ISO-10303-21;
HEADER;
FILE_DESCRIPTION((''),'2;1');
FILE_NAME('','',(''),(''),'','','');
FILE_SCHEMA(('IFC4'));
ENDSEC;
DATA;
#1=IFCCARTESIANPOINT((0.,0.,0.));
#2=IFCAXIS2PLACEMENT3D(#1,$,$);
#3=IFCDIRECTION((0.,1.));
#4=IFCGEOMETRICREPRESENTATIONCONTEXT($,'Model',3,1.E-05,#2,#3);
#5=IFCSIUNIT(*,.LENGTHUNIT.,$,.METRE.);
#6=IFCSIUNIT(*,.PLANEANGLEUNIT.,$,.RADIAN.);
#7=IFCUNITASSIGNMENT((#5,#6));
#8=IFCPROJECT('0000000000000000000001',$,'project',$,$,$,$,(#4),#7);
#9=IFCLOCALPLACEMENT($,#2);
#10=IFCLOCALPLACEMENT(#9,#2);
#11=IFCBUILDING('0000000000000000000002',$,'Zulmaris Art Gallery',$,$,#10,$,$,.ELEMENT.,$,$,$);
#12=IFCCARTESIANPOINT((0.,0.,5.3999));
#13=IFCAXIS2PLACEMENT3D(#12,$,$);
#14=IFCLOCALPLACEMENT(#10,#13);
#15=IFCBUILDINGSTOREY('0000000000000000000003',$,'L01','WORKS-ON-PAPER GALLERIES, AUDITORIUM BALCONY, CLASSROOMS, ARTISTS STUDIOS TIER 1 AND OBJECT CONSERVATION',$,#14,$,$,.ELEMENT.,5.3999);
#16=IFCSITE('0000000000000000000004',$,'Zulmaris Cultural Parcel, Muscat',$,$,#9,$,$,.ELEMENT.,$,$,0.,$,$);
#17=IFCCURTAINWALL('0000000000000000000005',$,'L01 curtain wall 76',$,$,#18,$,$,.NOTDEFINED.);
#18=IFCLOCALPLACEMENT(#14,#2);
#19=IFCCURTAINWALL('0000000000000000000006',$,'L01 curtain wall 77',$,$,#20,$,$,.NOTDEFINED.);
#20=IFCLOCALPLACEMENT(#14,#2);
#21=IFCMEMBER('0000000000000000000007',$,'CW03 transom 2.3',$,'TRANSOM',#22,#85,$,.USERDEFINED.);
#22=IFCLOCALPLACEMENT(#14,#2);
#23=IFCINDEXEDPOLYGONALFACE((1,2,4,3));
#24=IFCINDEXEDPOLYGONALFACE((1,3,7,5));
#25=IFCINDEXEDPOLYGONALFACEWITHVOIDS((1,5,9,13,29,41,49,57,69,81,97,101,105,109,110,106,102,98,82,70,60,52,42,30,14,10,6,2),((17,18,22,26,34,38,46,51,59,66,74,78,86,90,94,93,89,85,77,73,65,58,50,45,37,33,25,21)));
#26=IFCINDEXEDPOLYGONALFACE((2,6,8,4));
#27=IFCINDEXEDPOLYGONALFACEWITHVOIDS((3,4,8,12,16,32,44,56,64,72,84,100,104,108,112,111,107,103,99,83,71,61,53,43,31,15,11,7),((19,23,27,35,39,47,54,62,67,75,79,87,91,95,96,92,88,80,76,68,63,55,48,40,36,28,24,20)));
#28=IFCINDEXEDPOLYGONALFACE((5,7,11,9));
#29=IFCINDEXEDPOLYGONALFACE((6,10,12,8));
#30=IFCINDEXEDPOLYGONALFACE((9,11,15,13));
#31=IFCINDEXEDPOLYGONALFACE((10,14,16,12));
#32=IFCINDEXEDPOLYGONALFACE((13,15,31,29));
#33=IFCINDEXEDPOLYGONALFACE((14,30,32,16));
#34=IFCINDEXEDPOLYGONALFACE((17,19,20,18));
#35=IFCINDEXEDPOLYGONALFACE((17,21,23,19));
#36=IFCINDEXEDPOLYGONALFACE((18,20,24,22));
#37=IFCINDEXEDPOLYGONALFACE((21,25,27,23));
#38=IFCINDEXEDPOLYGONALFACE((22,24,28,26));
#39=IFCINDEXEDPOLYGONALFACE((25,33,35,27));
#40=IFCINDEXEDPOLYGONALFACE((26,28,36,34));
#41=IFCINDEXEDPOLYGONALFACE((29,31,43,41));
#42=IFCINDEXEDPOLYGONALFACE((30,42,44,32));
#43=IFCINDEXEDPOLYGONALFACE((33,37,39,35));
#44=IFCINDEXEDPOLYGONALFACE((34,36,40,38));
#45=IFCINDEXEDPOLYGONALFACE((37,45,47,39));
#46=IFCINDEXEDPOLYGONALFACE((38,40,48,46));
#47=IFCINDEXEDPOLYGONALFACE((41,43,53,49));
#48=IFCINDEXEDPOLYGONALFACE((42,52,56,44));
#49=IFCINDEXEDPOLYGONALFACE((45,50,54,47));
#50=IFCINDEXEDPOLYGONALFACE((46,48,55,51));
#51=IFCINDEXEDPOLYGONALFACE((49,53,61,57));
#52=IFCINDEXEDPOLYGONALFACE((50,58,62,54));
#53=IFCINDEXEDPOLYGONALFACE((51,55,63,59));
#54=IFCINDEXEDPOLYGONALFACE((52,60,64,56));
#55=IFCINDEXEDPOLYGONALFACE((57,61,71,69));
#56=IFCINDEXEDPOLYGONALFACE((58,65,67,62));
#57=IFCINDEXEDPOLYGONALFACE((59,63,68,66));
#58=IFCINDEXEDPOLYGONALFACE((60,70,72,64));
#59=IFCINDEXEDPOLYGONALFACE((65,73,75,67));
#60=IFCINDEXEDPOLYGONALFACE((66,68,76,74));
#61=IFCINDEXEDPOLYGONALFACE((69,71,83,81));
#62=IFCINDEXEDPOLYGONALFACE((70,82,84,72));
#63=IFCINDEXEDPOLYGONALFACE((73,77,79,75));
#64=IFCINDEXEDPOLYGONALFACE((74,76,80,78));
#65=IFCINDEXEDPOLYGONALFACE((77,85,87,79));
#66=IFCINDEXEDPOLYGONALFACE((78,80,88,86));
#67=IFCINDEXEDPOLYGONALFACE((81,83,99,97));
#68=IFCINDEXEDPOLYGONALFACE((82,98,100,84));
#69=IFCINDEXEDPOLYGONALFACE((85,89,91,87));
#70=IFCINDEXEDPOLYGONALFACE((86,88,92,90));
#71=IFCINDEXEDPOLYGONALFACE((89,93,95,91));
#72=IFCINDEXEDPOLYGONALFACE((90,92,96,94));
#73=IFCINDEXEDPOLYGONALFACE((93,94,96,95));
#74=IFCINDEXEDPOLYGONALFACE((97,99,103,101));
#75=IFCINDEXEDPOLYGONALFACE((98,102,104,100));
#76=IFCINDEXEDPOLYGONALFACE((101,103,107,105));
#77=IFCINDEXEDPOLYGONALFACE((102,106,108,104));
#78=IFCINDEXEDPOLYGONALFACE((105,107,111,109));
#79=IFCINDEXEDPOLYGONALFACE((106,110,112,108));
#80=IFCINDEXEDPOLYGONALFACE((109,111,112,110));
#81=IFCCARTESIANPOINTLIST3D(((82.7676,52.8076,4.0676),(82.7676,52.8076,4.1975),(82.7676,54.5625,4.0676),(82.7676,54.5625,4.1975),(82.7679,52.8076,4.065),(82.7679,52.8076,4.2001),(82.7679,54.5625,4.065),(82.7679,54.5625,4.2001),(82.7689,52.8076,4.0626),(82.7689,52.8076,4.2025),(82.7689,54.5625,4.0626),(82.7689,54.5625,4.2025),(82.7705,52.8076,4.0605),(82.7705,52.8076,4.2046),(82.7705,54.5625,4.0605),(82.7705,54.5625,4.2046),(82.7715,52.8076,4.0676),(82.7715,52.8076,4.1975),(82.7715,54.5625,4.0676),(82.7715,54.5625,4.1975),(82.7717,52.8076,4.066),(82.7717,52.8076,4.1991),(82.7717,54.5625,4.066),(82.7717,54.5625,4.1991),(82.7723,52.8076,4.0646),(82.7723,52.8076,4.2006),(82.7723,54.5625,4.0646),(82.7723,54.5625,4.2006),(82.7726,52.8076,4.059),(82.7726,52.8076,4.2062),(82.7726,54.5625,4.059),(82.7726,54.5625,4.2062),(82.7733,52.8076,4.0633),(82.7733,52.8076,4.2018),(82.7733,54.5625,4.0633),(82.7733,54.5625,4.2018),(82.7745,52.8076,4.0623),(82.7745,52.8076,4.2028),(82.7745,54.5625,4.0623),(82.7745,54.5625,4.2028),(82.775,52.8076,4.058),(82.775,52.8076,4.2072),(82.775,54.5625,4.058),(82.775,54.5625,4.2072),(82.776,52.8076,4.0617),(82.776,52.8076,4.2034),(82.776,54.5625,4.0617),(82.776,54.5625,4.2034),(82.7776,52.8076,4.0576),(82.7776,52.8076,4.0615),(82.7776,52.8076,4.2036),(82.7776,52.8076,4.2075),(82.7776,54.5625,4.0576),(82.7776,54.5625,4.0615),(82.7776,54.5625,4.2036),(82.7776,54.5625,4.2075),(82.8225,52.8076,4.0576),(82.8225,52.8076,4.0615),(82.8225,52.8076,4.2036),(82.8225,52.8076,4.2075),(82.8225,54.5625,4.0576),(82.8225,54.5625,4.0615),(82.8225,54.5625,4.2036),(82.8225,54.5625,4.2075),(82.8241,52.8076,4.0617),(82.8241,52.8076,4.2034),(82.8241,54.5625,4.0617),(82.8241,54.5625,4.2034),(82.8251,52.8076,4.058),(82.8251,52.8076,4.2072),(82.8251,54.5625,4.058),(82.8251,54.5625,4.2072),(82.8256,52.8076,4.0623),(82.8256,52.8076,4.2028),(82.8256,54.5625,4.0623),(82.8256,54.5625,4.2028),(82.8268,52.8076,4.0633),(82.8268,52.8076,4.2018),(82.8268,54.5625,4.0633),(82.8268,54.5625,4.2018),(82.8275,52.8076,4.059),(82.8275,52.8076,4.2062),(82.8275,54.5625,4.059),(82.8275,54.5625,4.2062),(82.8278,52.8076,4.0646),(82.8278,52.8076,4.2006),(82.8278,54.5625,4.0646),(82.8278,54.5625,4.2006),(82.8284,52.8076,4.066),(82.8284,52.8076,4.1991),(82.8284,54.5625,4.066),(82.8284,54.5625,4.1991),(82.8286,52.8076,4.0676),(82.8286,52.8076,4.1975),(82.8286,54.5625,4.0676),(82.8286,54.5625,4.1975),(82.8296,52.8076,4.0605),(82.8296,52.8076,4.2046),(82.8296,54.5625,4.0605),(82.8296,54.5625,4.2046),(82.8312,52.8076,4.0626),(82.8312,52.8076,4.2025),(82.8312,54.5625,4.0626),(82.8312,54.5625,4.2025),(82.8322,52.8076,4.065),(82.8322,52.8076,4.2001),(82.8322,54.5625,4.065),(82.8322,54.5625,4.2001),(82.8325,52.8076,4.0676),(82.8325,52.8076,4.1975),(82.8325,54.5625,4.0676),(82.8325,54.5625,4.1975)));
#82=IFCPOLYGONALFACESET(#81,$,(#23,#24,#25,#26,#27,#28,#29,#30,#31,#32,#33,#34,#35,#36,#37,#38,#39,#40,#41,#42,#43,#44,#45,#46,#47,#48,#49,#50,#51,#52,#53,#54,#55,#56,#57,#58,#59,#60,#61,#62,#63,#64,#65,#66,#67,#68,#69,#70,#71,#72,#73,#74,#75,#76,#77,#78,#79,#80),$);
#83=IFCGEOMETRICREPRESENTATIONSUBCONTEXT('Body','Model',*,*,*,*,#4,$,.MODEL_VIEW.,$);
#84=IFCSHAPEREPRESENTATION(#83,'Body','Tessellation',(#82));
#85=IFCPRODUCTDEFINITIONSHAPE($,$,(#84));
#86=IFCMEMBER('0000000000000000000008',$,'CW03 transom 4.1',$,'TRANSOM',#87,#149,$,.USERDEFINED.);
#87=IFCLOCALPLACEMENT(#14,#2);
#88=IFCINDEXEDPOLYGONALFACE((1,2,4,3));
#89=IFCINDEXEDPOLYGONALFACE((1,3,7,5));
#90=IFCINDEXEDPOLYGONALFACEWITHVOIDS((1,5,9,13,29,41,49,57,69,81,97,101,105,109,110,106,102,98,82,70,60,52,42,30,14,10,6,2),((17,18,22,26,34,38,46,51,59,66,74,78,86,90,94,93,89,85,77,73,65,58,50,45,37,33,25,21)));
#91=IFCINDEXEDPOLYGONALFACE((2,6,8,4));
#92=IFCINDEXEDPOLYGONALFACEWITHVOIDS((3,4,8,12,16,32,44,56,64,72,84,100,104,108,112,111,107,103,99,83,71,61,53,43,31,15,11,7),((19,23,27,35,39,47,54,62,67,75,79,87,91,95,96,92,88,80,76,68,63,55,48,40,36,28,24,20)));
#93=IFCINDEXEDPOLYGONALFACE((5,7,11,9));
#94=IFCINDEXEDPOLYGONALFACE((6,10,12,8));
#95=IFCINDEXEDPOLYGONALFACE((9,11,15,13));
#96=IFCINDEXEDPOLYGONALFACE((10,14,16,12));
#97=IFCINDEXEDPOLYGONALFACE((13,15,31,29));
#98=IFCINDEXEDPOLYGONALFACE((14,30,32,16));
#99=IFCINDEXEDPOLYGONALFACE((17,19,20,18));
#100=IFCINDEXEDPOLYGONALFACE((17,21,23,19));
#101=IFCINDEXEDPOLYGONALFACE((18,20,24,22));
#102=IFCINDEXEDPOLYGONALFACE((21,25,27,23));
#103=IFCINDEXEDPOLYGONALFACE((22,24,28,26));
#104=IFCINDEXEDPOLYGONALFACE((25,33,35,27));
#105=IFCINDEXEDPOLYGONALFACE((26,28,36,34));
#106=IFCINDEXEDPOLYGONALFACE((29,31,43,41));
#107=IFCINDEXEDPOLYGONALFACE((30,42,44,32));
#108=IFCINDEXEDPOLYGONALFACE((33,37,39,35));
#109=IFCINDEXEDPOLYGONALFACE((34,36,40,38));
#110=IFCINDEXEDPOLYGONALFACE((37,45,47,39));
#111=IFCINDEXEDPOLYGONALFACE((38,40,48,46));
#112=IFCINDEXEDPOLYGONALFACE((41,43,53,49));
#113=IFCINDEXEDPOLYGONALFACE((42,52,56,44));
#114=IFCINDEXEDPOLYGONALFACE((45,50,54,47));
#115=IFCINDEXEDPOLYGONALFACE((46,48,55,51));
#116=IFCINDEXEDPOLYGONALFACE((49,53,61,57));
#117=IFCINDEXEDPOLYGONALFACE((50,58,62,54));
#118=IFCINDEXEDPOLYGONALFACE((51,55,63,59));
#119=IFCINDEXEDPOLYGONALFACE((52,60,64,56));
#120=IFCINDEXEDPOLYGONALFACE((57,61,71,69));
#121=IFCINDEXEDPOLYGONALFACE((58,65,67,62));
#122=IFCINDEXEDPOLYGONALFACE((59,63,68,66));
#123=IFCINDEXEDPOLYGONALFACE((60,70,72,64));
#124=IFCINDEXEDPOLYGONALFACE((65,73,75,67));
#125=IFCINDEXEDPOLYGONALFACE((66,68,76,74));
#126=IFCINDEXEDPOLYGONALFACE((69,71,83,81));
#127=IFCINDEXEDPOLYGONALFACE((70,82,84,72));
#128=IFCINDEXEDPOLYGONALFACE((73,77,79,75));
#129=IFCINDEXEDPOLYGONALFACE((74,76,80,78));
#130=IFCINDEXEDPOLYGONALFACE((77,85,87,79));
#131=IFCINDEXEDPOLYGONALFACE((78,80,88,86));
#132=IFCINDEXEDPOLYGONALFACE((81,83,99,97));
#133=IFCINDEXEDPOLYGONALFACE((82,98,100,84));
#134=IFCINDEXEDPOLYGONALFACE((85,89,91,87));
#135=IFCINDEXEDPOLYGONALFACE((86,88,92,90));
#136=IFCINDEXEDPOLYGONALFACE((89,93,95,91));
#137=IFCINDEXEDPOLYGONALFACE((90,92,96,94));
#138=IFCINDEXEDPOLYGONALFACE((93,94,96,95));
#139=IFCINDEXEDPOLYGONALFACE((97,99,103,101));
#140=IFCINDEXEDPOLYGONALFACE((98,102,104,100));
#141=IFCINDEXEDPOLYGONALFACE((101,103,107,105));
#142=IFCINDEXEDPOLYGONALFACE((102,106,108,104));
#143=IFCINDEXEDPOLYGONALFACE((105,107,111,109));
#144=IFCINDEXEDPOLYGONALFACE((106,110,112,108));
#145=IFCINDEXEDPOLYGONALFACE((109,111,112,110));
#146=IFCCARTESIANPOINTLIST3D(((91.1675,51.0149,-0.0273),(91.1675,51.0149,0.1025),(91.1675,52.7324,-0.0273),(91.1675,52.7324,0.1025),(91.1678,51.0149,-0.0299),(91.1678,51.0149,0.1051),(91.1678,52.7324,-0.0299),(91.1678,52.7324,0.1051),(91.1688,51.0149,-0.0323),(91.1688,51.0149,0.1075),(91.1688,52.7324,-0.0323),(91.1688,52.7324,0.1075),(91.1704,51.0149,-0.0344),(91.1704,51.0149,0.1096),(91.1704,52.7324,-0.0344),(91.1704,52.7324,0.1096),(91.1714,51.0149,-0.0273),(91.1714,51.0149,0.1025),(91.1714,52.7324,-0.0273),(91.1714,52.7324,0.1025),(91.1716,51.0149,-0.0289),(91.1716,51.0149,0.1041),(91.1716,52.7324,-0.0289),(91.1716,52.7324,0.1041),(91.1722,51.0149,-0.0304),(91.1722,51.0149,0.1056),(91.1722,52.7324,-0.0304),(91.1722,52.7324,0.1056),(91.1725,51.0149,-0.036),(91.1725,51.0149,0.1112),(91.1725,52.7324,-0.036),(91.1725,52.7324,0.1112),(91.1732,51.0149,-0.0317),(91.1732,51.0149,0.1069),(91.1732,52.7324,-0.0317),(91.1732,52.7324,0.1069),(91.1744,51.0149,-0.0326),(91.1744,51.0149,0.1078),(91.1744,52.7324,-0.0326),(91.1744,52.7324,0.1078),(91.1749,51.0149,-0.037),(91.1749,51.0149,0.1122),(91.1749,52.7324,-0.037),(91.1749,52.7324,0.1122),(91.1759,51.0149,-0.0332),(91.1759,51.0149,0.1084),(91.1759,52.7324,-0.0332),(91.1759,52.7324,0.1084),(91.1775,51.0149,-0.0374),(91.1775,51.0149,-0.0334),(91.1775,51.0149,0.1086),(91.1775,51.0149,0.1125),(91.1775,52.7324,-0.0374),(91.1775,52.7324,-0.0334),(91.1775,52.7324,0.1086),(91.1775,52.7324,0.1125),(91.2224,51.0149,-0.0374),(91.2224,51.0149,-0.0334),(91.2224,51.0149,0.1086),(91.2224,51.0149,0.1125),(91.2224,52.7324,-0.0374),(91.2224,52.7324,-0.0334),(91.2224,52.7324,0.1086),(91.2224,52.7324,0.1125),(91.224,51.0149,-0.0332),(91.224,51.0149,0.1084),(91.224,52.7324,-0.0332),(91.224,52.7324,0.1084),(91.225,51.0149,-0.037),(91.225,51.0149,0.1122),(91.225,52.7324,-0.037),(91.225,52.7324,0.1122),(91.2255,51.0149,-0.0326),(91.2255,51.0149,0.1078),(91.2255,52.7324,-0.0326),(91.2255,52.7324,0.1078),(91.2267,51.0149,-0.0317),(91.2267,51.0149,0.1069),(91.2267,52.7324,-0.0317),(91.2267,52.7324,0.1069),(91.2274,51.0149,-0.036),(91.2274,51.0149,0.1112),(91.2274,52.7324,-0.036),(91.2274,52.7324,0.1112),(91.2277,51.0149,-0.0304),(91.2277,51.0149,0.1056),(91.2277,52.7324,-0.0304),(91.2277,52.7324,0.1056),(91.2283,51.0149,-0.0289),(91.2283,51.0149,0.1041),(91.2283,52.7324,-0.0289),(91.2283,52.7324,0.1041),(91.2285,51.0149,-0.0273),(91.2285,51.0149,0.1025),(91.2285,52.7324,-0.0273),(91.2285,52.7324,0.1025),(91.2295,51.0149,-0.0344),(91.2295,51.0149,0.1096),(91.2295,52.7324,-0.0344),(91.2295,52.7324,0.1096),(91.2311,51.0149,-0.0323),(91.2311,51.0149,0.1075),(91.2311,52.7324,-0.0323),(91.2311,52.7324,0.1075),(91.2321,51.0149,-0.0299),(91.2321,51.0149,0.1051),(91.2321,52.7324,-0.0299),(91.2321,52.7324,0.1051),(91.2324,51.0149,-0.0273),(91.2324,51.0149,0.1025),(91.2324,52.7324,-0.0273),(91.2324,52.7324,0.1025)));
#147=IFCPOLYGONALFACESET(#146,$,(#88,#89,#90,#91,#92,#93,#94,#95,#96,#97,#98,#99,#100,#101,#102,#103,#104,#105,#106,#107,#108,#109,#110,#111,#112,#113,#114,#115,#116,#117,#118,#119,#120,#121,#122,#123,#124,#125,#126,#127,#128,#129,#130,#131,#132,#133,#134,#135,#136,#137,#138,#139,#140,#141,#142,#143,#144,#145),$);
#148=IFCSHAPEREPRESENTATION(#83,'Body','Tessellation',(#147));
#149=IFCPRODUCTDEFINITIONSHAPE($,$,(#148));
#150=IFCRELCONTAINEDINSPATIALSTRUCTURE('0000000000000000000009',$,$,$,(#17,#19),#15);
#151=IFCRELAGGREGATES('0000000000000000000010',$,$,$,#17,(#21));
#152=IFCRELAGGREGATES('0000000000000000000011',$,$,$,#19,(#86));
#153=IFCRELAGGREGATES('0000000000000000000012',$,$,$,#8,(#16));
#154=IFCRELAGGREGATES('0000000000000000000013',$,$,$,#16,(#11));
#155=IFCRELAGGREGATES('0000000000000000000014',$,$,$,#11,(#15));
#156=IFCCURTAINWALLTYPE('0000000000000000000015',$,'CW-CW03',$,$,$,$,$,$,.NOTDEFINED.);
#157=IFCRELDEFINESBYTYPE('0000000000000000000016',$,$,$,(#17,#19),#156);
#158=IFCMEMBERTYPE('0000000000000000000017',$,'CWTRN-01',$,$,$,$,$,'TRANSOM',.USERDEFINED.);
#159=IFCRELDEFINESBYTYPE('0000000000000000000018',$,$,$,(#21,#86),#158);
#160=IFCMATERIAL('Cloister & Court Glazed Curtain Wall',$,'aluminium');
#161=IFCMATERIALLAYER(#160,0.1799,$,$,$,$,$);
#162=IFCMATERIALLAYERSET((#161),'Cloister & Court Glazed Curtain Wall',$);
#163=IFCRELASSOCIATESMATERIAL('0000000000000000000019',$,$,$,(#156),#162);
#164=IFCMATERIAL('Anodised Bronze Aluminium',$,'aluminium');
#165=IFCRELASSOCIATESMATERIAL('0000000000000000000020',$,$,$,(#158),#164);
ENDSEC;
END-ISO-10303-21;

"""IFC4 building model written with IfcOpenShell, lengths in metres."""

from ifc_helpers import new_model, si_unit, direction, frame, origin, origin_2d, place, context, subcontext, project, spatial, hollow_rectangle, extrude, material, layer, layer_set, material_profile, profile_set, type_object, element, aggregate, save


model = new_model("IFC4")

# Units and contexts
model_context = context("Model", 3, precision=1e-05, world=origin(), true_north=direction((0.0, 1.0)))
body_context = subcontext(model_context, "Body", "Model", "MODEL_VIEW")
ifc_project = project(units=[si_unit("LENGTHUNIT", "METRE"), si_unit("PLANEANGLEUNIT", "RADIAN")], contexts=[model_context])

# Site, building, storey
site_placement = place(None, origin())
site = spatial("IfcSite", under=ifc_project, at=site_placement, Name="Zulmaris Cultural Parcel, Muscat", CompositionType="ELEMENT", RefElevation=0.0)
building_placement = place(site_placement, origin())
building = spatial("IfcBuilding", under=site, at=building_placement, Name="Zulmaris Art Gallery", CompositionType="ELEMENT")
storey_placement = place(building_placement, frame((0.0, 0.0, 5.3999)))
storey = spatial("IfcBuildingStorey", under=building, at=storey_placement, Name="L01", Description="WORKS-ON-PAPER GALLERIES, AUDITORIUM BALCONY, CLASSROOMS, ARTISTS STUDIOS TIER 1 AND OBJECT CONSERVATION", CompositionType="ELEMENT", Elevation=5.3999)

# Shared definitions
ifc_material_1 = material(Name="Cloister & Court Glazed Curtain Wall", Category="aluminium")
ifc_layer_1 = layer(ifc_material_1, 0.1799)
ifc_layer_set_1 = layer_set([ifc_layer_1], Name="Cloister & Court Glazed Curtain Wall")
curtain_wall_type = type_object("IfcCurtainWallType", Name="CW-CW03", PredefinedType="NOTDEFINED", material=ifc_layer_set_1)
ifc_material_2 = material(Name="Anodised Bronze Aluminium", Category="aluminium")

# Curtain walls
curtain_wall_1_placement = place(storey_placement, origin())
curtain_wall_1 = element("IfcCurtainWall", 1, at=curtain_wall_1_placement, inside=storey, type_object=curtain_wall_type, Name="L01 curtain wall 76", PredefinedType="NOTDEFINED")
curtain_wall_2_placement = place(storey_placement, origin())
curtain_wall_2 = element("IfcCurtainWall", 2, at=curtain_wall_2_placement, inside=storey, type_object=curtain_wall_type, Name="L01 curtain wall 77", PredefinedType="NOTDEFINED")

# Members
ifc_material_profile_1 = material_profile(ifc_material_2, hollow_rectangle(XDim=0.0649, YDim=0.1499, WallThickness=0.0039, InnerFilletRadius=0.0061, OuterFilletRadius=0.01, at=origin_2d()), Name="ALU 65x150x4")
ifc_profile_set_1 = profile_set([ifc_material_profile_1], Name="Anodised Bronze Aluminium")
member_type_1 = type_object("IfcMemberType", Name="CWTRN-01", ElementType="TRANSOM", PredefinedType="USERDEFINED", material=ifc_profile_set_1)
member_1_placement = place(storey_placement, frame((82.8, 52.8076, 4.1326), z_axis=(0.0, 1.0, 0.0), x_axis=(-1.0, 0.0, 0.0)))
member_1 = element("IfcMember", 3, at=member_1_placement, type_object=member_type_1, Name="CW03 transom 2.3", ObjectType="TRANSOM", PredefinedType="USERDEFINED", context=body_context, shape_type="SweptSolid", body=[
    extrude(hollow_rectangle(XDim=0.0649, YDim=0.1499, WallThickness=0.0039, InnerFilletRadius=0.0061, OuterFilletRadius=0.01, at=origin_2d()), origin(), (0.0, 0.0, 1.0), 1.7549),
])
member_2_placement = place(storey_placement, frame((91.2, 52.7324, 0.0376), z_axis=(0.0, -1.0, 0.0), x_axis=(1.0, 0.0, 0.0)))
member_2 = element("IfcMember", 4, at=member_2_placement, type_object=member_type_1, Name="CW03 transom 4.1", ObjectType="TRANSOM", PredefinedType="USERDEFINED", context=body_context, shape_type="SweptSolid", body=[
    extrude(hollow_rectangle(XDim=0.0649, YDim=0.1499, WallThickness=0.0039, InnerFilletRadius=0.0061, OuterFilletRadius=0.01, at=origin_2d()), origin(), (0.0, 0.0, 1.0), 1.7175),
])

aggregate(curtain_wall_1, [member_1])
aggregate(curtain_wall_2, [member_2])

save(model, "model.ifc")
